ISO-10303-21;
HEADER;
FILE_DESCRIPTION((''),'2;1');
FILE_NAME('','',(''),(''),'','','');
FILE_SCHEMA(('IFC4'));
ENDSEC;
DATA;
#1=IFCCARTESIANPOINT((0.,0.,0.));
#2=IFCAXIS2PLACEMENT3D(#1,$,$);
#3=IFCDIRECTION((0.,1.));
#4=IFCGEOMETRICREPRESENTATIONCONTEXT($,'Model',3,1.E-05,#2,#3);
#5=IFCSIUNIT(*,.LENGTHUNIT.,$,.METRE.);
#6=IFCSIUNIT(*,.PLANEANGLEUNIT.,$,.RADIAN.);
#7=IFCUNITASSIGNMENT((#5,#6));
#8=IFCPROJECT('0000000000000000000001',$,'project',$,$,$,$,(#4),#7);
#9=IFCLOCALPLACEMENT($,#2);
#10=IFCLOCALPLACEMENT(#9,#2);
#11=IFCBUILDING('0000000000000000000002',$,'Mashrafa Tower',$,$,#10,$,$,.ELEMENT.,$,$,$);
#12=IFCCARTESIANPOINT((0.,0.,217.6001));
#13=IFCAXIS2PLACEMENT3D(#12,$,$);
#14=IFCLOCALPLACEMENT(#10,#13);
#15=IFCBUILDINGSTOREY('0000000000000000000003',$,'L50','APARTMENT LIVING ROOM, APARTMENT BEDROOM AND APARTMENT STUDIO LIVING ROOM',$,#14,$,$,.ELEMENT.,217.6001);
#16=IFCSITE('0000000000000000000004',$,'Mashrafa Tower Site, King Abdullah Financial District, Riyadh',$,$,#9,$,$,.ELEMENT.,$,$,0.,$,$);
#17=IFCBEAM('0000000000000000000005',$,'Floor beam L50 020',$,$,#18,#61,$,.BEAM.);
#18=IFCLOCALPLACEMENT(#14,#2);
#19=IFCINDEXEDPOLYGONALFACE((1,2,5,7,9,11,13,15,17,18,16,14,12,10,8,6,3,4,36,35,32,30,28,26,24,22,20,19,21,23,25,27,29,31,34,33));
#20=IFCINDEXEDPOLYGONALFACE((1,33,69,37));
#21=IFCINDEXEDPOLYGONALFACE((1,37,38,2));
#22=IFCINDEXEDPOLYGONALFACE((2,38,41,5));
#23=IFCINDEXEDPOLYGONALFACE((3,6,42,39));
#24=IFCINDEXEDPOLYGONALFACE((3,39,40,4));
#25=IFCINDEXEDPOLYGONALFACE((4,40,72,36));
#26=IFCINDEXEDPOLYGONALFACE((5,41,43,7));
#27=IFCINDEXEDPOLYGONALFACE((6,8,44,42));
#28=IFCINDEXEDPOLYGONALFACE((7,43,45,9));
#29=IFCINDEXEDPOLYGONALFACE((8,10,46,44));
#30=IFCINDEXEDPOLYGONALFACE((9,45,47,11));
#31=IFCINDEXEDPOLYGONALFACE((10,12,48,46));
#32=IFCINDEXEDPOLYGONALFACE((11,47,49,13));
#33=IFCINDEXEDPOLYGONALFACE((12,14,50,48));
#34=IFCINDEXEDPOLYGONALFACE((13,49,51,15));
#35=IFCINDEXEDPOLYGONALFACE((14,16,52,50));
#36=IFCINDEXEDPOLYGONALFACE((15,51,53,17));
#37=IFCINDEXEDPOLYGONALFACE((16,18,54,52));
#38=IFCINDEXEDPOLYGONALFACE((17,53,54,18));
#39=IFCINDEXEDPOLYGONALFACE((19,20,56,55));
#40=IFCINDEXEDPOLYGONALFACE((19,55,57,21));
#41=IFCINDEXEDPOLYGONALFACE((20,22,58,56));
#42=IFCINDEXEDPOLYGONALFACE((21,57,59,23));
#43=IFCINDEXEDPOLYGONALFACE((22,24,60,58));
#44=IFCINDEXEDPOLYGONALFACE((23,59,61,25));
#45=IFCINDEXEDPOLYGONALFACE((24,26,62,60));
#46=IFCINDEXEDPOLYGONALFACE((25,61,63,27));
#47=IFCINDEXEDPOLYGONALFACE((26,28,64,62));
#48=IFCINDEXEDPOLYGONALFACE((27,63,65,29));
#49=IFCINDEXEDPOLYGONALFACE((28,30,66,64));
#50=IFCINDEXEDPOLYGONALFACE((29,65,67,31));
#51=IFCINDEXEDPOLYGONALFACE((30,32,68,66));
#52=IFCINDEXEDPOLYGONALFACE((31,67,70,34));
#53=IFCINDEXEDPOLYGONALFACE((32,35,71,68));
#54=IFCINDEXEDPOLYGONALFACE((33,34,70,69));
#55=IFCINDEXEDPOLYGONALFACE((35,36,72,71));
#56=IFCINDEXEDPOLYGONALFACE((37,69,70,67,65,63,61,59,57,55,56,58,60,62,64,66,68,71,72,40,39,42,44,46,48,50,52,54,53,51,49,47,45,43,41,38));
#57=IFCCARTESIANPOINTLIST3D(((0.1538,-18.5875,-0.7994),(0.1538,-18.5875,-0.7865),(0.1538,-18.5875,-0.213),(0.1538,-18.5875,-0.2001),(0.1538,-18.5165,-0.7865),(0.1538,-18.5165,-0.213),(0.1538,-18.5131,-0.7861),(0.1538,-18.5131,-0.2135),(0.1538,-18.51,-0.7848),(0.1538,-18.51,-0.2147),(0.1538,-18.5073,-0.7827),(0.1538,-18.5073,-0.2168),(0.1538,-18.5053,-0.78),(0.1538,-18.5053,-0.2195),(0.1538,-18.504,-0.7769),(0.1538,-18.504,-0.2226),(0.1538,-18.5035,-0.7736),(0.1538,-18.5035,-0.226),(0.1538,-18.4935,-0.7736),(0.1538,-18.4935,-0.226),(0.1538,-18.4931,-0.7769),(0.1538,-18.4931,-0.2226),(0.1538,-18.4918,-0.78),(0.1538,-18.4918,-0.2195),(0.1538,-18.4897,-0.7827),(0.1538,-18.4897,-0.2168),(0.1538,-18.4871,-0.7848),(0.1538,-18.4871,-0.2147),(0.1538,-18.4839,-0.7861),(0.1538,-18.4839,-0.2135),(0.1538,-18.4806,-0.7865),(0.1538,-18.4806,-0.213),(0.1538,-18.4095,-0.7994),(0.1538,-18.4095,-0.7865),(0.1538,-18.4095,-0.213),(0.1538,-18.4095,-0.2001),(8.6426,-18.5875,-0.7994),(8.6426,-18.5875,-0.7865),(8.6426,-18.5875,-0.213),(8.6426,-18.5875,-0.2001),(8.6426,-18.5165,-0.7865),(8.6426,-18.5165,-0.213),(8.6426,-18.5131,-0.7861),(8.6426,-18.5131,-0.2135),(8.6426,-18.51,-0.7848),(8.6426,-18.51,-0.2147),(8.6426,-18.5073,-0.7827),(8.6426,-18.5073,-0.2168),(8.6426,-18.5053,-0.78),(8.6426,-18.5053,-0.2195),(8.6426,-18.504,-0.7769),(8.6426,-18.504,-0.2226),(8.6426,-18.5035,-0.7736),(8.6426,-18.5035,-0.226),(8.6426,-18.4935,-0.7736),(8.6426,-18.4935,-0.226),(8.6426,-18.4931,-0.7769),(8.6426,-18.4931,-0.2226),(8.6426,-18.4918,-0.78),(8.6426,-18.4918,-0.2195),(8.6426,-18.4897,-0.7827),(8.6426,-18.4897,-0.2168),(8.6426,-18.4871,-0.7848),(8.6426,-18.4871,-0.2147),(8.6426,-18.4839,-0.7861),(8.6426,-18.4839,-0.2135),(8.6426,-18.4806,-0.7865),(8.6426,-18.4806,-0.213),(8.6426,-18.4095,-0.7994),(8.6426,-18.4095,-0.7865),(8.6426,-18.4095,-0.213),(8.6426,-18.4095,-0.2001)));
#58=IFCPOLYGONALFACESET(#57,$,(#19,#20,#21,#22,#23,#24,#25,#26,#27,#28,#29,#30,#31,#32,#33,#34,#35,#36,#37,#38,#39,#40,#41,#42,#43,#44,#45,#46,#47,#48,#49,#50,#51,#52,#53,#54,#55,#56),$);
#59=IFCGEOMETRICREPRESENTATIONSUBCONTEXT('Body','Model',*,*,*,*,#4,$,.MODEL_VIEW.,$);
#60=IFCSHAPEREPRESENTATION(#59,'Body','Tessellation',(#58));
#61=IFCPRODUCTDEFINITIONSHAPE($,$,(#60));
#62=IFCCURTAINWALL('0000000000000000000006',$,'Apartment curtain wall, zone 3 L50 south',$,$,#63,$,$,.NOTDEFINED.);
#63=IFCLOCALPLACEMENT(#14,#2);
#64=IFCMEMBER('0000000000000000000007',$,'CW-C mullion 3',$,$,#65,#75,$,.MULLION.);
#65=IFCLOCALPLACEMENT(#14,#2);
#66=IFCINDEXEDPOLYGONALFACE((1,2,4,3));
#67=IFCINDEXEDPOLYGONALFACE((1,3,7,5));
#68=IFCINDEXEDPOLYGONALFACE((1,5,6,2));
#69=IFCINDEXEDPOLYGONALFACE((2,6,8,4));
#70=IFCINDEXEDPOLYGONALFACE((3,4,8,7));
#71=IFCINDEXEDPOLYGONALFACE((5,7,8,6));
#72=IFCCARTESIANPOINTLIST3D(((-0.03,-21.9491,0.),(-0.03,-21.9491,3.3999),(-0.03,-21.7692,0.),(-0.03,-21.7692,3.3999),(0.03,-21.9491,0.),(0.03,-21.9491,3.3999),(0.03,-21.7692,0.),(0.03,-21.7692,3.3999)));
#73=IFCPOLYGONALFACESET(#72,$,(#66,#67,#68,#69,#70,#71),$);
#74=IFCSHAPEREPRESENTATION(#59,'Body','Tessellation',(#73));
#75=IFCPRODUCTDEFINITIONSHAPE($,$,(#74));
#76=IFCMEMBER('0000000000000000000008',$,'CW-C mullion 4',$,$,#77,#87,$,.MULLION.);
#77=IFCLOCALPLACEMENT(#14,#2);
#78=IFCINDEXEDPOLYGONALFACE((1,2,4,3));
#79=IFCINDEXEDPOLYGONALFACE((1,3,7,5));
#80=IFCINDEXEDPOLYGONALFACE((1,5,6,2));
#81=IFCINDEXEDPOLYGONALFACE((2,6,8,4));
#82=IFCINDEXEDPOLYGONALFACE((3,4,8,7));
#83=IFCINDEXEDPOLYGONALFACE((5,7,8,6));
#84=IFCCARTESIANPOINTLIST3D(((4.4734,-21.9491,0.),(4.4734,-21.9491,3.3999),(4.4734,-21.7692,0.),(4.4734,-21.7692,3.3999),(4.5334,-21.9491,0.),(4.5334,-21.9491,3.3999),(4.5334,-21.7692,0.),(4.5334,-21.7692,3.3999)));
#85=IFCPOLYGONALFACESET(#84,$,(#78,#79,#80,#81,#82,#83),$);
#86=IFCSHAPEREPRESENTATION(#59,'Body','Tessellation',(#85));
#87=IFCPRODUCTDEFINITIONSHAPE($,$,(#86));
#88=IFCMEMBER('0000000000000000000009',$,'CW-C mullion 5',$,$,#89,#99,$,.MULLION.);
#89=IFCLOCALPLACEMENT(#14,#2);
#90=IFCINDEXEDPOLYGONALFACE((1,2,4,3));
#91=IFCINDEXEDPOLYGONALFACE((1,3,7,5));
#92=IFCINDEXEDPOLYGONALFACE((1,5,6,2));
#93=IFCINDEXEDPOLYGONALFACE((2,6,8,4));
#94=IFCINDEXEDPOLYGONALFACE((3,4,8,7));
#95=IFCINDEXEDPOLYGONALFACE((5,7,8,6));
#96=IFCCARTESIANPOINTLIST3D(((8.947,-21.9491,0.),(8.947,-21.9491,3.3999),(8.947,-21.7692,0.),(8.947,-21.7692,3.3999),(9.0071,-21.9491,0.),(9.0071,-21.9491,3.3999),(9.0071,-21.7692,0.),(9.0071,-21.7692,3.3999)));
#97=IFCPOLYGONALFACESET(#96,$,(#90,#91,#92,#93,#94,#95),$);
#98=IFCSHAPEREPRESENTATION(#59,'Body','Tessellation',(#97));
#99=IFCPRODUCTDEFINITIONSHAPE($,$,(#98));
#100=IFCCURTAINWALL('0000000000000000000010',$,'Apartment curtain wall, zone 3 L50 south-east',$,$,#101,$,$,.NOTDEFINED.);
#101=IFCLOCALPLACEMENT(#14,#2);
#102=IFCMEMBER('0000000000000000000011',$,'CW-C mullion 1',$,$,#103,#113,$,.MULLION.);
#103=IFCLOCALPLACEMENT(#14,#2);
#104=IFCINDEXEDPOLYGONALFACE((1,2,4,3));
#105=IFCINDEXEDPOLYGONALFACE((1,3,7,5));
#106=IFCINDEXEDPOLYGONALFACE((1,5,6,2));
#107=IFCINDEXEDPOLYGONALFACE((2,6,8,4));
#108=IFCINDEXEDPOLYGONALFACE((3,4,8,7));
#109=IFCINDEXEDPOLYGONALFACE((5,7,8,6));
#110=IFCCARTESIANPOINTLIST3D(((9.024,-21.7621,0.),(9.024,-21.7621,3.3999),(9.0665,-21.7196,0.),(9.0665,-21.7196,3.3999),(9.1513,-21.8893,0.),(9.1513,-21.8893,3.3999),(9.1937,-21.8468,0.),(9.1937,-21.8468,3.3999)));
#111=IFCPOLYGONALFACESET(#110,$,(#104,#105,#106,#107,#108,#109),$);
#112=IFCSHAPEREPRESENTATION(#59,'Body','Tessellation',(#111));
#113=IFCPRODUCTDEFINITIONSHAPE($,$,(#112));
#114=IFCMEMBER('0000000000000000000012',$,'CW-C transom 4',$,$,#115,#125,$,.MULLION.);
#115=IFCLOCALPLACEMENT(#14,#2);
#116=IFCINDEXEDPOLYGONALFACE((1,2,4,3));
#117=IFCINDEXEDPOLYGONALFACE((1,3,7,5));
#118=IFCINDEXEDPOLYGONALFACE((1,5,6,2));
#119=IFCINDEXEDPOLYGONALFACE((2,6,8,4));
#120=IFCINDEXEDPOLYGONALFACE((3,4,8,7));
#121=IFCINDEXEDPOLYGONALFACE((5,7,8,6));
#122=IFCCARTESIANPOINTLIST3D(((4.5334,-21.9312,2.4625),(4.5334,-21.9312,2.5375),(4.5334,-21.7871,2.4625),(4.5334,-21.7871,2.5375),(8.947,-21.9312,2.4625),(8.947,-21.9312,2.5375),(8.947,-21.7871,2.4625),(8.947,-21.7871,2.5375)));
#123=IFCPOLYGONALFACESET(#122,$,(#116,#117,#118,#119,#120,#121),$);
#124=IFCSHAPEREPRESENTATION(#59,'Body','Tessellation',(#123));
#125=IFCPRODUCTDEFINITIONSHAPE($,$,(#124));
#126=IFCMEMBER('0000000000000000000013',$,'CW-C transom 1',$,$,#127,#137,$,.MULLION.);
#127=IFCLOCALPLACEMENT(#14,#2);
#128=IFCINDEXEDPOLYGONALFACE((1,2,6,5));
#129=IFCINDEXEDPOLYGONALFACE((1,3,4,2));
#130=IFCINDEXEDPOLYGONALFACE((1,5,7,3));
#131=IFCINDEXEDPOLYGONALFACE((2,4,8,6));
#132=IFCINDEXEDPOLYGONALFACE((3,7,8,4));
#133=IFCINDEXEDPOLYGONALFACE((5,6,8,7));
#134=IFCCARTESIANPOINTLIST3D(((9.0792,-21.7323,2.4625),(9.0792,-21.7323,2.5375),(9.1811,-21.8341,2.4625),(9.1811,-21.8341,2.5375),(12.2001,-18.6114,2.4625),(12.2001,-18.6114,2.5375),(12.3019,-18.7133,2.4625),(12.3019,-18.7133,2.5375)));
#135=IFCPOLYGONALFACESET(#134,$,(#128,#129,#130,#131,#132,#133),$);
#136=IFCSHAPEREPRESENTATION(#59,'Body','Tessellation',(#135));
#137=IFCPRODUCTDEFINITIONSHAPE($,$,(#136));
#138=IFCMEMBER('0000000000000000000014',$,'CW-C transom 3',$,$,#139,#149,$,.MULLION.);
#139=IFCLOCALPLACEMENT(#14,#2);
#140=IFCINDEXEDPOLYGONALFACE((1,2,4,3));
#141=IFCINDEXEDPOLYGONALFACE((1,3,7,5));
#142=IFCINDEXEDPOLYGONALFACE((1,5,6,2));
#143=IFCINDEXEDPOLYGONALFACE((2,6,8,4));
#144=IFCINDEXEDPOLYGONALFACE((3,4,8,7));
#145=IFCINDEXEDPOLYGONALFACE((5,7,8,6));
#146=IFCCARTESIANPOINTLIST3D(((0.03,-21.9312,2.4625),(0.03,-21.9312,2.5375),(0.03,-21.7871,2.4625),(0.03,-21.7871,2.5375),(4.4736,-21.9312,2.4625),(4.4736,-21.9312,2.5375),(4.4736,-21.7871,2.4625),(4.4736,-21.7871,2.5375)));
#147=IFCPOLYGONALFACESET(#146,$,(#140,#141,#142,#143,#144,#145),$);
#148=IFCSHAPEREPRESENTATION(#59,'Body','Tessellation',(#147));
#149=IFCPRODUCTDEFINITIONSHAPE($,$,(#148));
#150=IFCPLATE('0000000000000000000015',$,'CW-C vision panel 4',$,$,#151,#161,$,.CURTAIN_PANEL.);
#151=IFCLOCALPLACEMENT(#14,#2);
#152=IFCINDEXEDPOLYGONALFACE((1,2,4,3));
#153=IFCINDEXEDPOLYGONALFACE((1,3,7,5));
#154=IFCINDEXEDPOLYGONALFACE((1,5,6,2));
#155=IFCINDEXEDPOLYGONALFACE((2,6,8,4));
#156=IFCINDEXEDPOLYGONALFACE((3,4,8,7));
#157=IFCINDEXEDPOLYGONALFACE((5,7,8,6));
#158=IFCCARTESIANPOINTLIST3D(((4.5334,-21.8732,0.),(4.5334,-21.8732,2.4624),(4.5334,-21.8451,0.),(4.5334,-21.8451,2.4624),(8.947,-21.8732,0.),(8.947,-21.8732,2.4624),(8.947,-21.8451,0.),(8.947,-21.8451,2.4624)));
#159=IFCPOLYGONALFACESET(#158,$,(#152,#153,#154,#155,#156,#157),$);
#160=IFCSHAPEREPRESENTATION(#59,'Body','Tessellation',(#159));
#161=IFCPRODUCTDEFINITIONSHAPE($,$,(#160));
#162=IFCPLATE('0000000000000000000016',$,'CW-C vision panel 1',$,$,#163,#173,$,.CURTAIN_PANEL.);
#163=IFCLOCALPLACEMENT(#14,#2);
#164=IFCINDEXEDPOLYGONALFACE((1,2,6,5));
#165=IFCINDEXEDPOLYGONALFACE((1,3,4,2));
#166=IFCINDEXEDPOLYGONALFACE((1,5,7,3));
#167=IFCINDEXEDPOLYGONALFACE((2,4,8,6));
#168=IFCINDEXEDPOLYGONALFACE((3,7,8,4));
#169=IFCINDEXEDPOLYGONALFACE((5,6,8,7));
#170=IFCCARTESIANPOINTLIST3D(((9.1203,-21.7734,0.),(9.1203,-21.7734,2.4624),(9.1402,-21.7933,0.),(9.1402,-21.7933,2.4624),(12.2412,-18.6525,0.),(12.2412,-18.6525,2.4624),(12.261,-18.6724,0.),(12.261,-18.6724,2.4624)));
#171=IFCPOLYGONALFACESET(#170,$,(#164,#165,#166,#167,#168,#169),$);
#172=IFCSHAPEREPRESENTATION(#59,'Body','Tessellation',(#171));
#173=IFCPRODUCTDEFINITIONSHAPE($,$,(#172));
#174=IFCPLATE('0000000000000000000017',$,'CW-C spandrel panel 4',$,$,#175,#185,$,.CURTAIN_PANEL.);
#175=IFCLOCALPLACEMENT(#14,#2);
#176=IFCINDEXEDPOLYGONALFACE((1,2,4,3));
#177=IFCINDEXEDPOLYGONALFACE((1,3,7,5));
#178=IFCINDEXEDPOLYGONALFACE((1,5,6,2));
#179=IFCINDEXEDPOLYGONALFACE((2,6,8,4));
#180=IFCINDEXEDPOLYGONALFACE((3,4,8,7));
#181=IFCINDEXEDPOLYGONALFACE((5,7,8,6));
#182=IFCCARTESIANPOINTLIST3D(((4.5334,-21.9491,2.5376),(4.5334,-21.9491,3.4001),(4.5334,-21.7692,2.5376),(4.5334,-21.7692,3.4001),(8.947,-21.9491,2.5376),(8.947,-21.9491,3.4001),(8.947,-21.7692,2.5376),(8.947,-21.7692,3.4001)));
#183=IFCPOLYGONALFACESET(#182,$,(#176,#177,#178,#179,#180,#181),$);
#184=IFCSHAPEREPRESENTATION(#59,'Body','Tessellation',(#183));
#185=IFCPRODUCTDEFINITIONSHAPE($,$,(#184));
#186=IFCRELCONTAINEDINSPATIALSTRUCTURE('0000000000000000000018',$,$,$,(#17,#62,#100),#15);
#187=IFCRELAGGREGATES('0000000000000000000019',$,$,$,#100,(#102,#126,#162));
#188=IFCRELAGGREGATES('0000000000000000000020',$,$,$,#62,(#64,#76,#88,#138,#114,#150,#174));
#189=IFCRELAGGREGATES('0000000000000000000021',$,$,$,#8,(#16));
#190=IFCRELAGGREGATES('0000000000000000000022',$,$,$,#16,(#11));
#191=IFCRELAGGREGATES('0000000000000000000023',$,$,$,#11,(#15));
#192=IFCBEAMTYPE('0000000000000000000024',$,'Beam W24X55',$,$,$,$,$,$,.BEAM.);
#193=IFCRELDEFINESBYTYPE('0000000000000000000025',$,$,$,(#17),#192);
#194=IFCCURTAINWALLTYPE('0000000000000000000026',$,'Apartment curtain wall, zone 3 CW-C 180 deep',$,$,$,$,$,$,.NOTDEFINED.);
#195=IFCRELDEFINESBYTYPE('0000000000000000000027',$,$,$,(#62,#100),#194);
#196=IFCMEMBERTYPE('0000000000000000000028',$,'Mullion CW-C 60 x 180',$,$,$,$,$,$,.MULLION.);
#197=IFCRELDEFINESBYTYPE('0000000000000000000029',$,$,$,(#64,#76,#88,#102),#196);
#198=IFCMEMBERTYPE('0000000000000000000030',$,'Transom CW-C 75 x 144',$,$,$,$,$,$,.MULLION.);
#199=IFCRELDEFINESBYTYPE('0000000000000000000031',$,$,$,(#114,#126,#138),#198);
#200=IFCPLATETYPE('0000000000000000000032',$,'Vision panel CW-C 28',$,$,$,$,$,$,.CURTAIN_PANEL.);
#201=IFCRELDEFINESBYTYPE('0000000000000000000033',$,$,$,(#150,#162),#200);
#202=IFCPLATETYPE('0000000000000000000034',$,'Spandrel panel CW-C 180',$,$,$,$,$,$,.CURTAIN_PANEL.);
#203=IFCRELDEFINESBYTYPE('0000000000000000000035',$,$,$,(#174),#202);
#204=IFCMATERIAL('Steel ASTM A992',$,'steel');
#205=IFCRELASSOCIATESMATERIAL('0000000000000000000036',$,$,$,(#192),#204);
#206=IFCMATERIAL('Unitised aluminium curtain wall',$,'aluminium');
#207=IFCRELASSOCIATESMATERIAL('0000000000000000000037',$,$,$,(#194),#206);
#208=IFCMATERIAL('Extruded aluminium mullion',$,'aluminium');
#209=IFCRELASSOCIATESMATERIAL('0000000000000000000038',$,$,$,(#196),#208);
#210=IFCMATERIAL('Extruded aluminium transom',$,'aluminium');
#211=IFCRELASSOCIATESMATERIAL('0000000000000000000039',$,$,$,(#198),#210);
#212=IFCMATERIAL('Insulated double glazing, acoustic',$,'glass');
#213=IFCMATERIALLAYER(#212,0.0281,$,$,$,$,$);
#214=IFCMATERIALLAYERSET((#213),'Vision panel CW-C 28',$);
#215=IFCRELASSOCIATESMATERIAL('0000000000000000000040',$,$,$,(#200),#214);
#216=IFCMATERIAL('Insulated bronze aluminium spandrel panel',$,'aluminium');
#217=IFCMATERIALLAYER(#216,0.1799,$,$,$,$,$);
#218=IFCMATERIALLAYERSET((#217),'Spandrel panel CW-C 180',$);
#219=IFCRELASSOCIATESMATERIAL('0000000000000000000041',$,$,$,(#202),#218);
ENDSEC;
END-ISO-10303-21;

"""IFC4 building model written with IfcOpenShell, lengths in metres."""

from ifc_helpers import new_model, si_unit, direction, frame, origin, origin_2d, place, context, subcontext, project, spatial, rectangle, i_section, extrude, source, transform, mapped, material, layer, layer_set, material_profile, profile_set, type_object, type_shapes, element, aggregate, save


model = new_model("IFC4")

# Units and contexts
model_context = context("Model", 3, precision=1e-05, world=origin(), true_north=direction((0.0, 1.0)))
body_context = subcontext(model_context, "Body", "Model", "MODEL_VIEW")
ifc_project = project(units=[si_unit("LENGTHUNIT", "METRE"), si_unit("PLANEANGLEUNIT", "RADIAN")], contexts=[model_context])

# Site, building, storey
site_placement = place(None, origin())
site = spatial("IfcSite", under=ifc_project, at=site_placement, Name="Mashrafa Tower Site, King Abdullah Financial District, Riyadh", CompositionType="ELEMENT", RefElevation=0.0)
building_placement = place(site_placement, origin())
building = spatial("IfcBuilding", under=site, at=building_placement, Name="Mashrafa Tower", CompositionType="ELEMENT")
storey_placement = place(building_placement, frame((0.0, 0.0, 217.6001)))
storey = spatial("IfcBuildingStorey", under=building, at=storey_placement, Name="L50", Description="APARTMENT LIVING ROOM, APARTMENT BEDROOM AND APARTMENT STUDIO LIVING ROOM", CompositionType="ELEMENT", Elevation=217.6001)

# Beam
ifc_material_1 = material(Name="Steel ASTM A992", Category="steel")
ifc_material_profile_1 = material_profile(ifc_material_1, i_section(OverallWidth=0.178, OverallDepth=0.5994, WebThickness=0.01, FlangeThickness=0.0129, FilletRadius=0.0129, at=origin_2d()), Name="W24X55")
ifc_profile_set_1 = profile_set([ifc_material_profile_1], Name="Steel ASTM A992")
beam_type_1 = type_object("IfcBeamType", Name="Beam W24X55", PredefinedType="BEAM", material=ifc_profile_set_1)
beam_1_placement = place(storey_placement, frame((8.6426, -18.4985, -0.4998), z_axis=(-1.0, 0.0, 0.0), x_axis=(0.0, -1.0, 0.0)))
element("IfcBeam", 1, at=beam_1_placement, inside=storey, type_object=beam_type_1, Name="Floor beam L50 020", PredefinedType="BEAM", context=body_context, shape_type="SweptSolid", body=[
    extrude(i_section(OverallWidth=0.178, OverallDepth=0.5994, WebThickness=0.01, FlangeThickness=0.0129, FilletRadius=0.0129, at=origin_2d()), origin(), (0.0, 0.0, 1.0), 8.4888),
])

# Curtain wall, members
ifc_material_2 = material(Name="Unitised aluminium curtain wall", Category="aluminium")
curtain_wall_type = type_object("IfcCurtainWallType", Name="Apartment curtain wall, zone 3 CW-C 180 deep", PredefinedType="NOTDEFINED", material=ifc_material_2)
curtain_wall_1_placement = place(storey_placement, origin())
curtain_wall_1 = element("IfcCurtainWall", 2, at=curtain_wall_1_placement, inside=storey, type_object=curtain_wall_type, Name="Apartment curtain wall, zone 3 L50 south", PredefinedType="NOTDEFINED")
ifc_material_3 = material(Name="Extruded aluminium mullion", Category="aluminium")
ifc_material_profile_2 = material_profile(ifc_material_3, rectangle(XDim=0.1799, YDim=0.0601, at=origin_2d()), Name="Mullion 60x180")
ifc_profile_set_2 = profile_set([ifc_material_profile_2], Name="Extruded aluminium mullion")
member_type_1 = type_object("IfcMemberType", Name="Mullion CW-C 60 x 180", PredefinedType="MULLION", material=ifc_profile_set_2)
shared_shape_1 = source(origin(), body_context, "Body", "SweptSolid", [
    extrude(rectangle(XDim=0.1799, YDim=0.0601, at=origin_2d()), origin(), (0.0, 0.0, 1.0), 3.3999),
])
type_shapes(member_type_1, [shared_shape_1])
member_1_placement = place(storey_placement, frame((0.0, -21.8591, 0.0), z_axis=(0.0, 0.0, 1.0), x_axis=(0.0, 1.0, 0.0)))
member_1 = element("IfcMember", 3, at=member_1_placement, type_object=member_type_1, Name="CW-C mullion 3", PredefinedType="MULLION", context=body_context, shape_type="MappedRepresentation", body=[
    mapped(shared_shape_1, transform((0.0, 0.0, 0.0))),
])
member_2_placement = place(storey_placement, frame((4.5034, -21.8591, 0.0), z_axis=(0.0, 0.0, 1.0), x_axis=(0.0, 1.0, 0.0)))
member_2 = element("IfcMember", 4, at=member_2_placement, type_object=member_type_1, Name="CW-C mullion 4", PredefinedType="MULLION", context=body_context, shape_type="MappedRepresentation", body=[
    mapped(shared_shape_1, transform((0.0, 0.0, 0.0))),
])
member_3_placement = place(storey_placement, frame((8.9771, -21.8591, 0.0), z_axis=(0.0, 0.0, 1.0), x_axis=(0.0, 1.0, 0.0)))
member_3 = element("IfcMember", 5, at=member_3_placement, type_object=member_type_1, Name="CW-C mullion 5", PredefinedType="MULLION", context=body_context, shape_type="MappedRepresentation", body=[
    mapped(shared_shape_1, transform((0.0, 0.0, 0.0))),
])

# Curtain wall, member
curtain_wall_2_placement = place(storey_placement, origin())
curtain_wall_2 = element("IfcCurtainWall", 6, at=curtain_wall_2_placement, inside=storey, type_object=curtain_wall_type, Name="Apartment curtain wall, zone 3 L50 south-east", PredefinedType="NOTDEFINED")
member_4_placement = place(storey_placement, frame((9.1089, -21.8044, 0.0), z_axis=(0.0, 0.0, 1.0), x_axis=(-0.707107, 0.707107, 0.0)))
member_4 = element("IfcMember", 7, at=member_4_placement, type_object=member_type_1, Name="CW-C mullion 1", PredefinedType="MULLION", context=body_context, shape_type="MappedRepresentation", body=[
    mapped(shared_shape_1, transform((0.0, 0.0, 0.0))),
])

# Members
ifc_material_4 = material(Name="Extruded aluminium transom", Category="aluminium")
ifc_material_profile_3 = material_profile(ifc_material_4, rectangle(XDim=0.144, YDim=0.075, at=origin_2d()), Name="Transom 75x144")
ifc_profile_set_3 = profile_set([ifc_material_profile_3], Name="Extruded aluminium transom")
member_type_2 = type_object("IfcMemberType", Name="Transom CW-C 75 x 144", PredefinedType="MULLION", material=ifc_profile_set_3)
shared_shape_2 = source(origin(), body_context, "Body", "SweptSolid", [
    extrude(rectangle(XDim=0.144, YDim=0.075, at=origin_2d()), origin(), (0.0, 0.0, 1.0), 4.4136),
])
member_5_placement = place(storey_placement, frame((4.5334, -21.8591, 2.5), z_axis=(1.0, 0.0, 0.0), x_axis=(0.0, 1.0, 0.0)))
member_5 = element("IfcMember", 8, at=member_5_placement, type_object=member_type_2, Name="CW-C transom 4", PredefinedType="MULLION", context=body_context, shape_type="MappedRepresentation", body=[
    mapped(shared_shape_2, transform((0.0, 0.0, 0.0))),
])
member_6_placement = place(storey_placement, frame((9.1301, -21.7832, 2.5), z_axis=(0.707107, 0.707107, 0.0), x_axis=(-0.707107, 0.707107, 0.0)))
member_6 = element("IfcMember", 9, at=member_6_placement, type_object=member_type_2, Name="CW-C transom 1", PredefinedType="MULLION", context=body_context, shape_type="MappedRepresentation", body=[
    mapped(shared_shape_2, transform((0.0, 0.0, 0.0))),
])
shared_shape_3 = source(origin(), body_context, "Body", "SweptSolid", [
    extrude(rectangle(XDim=0.144, YDim=0.075, at=origin_2d()), origin(), (0.0, 0.0, 1.0), 4.4436),
])
type_shapes(member_type_2, [shared_shape_2, shared_shape_3])
member_7_placement = place(storey_placement, frame((0.03, -21.8591, 2.5), z_axis=(1.0, 0.0, 0.0), x_axis=(0.0, 1.0, 0.0)))
member_7 = element("IfcMember", 10, at=member_7_placement, type_object=member_type_2, Name="CW-C transom 3", PredefinedType="MULLION", context=body_context, shape_type="MappedRepresentation", body=[
    mapped(shared_shape_3, transform((0.0, 0.0, 0.0))),
])

# Plates
ifc_material_5 = material(Name="Insulated double glazing, acoustic", Category="glass")
ifc_layer_1 = layer(ifc_material_5, 0.0281)
ifc_layer_set_1 = layer_set([ifc_layer_1], Name="Vision panel CW-C 28")
plate_type_1 = type_object("IfcPlateType", Name="Vision panel CW-C 28", PredefinedType="CURTAIN_PANEL", material=ifc_layer_set_1)
shared_shape_4 = source(origin(), body_context, "Body", "SweptSolid", [
    extrude(rectangle(XDim=4.4136, YDim=0.0281, at=origin_2d()), origin(), (0.0, 0.0, 1.0), 2.4624),
])
plate_1_placement = place(storey_placement, frame((6.7402, -21.8591, 0.0), z_axis=(0.0, 0.0, 1.0), x_axis=(1.0, 0.0, 0.0)))
plate_1 = element("IfcPlate", 11, at=plate_1_placement, type_object=plate_type_1, Name="CW-C vision panel 4", PredefinedType="CURTAIN_PANEL", context=body_context, shape_type="MappedRepresentation", body=[
    mapped(shared_shape_4, transform((0.0, 0.0, 0.0))),
])
plate_2_placement = place(storey_placement, frame((10.6907, -20.2229, 0.0), z_axis=(0.0, 0.0, 1.0), x_axis=(0.707107, 0.707107, 0.0)))
plate_2 = element("IfcPlate", 12, at=plate_2_placement, type_object=plate_type_1, Name="CW-C vision panel 1", PredefinedType="CURTAIN_PANEL", context=body_context, shape_type="MappedRepresentation", body=[
    mapped(shared_shape_4, transform((0.0, 0.0, 0.0))),
])
ifc_material_6 = material(Name="Insulated bronze aluminium spandrel panel", Category="aluminium")
ifc_layer_2 = layer(ifc_material_6, 0.1799)
ifc_layer_set_2 = layer_set([ifc_layer_2], Name="Spandrel panel CW-C 180")
plate_type_2 = type_object("IfcPlateType", Name="Spandrel panel CW-C 180", PredefinedType="CURTAIN_PANEL", material=ifc_layer_set_2)
shared_shape_5 = source(origin(), body_context, "Body", "SweptSolid", [
    extrude(rectangle(XDim=4.4136, YDim=0.1799, at=origin_2d()), origin(), (0.0, 0.0, 1.0), 0.8625),
])
plate_3_placement = place(storey_placement, frame((6.7402, -21.8591, 2.5376), z_axis=(0.0, 0.0, 1.0), x_axis=(1.0, 0.0, 0.0)))
plate_3 = element("IfcPlate", 13, at=plate_3_placement, type_object=plate_type_2, Name="CW-C spandrel panel 4", PredefinedType="CURTAIN_PANEL", context=body_context, shape_type="MappedRepresentation", body=[
    mapped(shared_shape_5, transform((0.0, 0.0, 0.0))),
])
aggregate(curtain_wall_2, [member_4, member_6, plate_2])
aggregate(curtain_wall_1, [member_1, member_2, member_3, member_7, member_5, plate_1, plate_3])

save(model, "model.ifc")
